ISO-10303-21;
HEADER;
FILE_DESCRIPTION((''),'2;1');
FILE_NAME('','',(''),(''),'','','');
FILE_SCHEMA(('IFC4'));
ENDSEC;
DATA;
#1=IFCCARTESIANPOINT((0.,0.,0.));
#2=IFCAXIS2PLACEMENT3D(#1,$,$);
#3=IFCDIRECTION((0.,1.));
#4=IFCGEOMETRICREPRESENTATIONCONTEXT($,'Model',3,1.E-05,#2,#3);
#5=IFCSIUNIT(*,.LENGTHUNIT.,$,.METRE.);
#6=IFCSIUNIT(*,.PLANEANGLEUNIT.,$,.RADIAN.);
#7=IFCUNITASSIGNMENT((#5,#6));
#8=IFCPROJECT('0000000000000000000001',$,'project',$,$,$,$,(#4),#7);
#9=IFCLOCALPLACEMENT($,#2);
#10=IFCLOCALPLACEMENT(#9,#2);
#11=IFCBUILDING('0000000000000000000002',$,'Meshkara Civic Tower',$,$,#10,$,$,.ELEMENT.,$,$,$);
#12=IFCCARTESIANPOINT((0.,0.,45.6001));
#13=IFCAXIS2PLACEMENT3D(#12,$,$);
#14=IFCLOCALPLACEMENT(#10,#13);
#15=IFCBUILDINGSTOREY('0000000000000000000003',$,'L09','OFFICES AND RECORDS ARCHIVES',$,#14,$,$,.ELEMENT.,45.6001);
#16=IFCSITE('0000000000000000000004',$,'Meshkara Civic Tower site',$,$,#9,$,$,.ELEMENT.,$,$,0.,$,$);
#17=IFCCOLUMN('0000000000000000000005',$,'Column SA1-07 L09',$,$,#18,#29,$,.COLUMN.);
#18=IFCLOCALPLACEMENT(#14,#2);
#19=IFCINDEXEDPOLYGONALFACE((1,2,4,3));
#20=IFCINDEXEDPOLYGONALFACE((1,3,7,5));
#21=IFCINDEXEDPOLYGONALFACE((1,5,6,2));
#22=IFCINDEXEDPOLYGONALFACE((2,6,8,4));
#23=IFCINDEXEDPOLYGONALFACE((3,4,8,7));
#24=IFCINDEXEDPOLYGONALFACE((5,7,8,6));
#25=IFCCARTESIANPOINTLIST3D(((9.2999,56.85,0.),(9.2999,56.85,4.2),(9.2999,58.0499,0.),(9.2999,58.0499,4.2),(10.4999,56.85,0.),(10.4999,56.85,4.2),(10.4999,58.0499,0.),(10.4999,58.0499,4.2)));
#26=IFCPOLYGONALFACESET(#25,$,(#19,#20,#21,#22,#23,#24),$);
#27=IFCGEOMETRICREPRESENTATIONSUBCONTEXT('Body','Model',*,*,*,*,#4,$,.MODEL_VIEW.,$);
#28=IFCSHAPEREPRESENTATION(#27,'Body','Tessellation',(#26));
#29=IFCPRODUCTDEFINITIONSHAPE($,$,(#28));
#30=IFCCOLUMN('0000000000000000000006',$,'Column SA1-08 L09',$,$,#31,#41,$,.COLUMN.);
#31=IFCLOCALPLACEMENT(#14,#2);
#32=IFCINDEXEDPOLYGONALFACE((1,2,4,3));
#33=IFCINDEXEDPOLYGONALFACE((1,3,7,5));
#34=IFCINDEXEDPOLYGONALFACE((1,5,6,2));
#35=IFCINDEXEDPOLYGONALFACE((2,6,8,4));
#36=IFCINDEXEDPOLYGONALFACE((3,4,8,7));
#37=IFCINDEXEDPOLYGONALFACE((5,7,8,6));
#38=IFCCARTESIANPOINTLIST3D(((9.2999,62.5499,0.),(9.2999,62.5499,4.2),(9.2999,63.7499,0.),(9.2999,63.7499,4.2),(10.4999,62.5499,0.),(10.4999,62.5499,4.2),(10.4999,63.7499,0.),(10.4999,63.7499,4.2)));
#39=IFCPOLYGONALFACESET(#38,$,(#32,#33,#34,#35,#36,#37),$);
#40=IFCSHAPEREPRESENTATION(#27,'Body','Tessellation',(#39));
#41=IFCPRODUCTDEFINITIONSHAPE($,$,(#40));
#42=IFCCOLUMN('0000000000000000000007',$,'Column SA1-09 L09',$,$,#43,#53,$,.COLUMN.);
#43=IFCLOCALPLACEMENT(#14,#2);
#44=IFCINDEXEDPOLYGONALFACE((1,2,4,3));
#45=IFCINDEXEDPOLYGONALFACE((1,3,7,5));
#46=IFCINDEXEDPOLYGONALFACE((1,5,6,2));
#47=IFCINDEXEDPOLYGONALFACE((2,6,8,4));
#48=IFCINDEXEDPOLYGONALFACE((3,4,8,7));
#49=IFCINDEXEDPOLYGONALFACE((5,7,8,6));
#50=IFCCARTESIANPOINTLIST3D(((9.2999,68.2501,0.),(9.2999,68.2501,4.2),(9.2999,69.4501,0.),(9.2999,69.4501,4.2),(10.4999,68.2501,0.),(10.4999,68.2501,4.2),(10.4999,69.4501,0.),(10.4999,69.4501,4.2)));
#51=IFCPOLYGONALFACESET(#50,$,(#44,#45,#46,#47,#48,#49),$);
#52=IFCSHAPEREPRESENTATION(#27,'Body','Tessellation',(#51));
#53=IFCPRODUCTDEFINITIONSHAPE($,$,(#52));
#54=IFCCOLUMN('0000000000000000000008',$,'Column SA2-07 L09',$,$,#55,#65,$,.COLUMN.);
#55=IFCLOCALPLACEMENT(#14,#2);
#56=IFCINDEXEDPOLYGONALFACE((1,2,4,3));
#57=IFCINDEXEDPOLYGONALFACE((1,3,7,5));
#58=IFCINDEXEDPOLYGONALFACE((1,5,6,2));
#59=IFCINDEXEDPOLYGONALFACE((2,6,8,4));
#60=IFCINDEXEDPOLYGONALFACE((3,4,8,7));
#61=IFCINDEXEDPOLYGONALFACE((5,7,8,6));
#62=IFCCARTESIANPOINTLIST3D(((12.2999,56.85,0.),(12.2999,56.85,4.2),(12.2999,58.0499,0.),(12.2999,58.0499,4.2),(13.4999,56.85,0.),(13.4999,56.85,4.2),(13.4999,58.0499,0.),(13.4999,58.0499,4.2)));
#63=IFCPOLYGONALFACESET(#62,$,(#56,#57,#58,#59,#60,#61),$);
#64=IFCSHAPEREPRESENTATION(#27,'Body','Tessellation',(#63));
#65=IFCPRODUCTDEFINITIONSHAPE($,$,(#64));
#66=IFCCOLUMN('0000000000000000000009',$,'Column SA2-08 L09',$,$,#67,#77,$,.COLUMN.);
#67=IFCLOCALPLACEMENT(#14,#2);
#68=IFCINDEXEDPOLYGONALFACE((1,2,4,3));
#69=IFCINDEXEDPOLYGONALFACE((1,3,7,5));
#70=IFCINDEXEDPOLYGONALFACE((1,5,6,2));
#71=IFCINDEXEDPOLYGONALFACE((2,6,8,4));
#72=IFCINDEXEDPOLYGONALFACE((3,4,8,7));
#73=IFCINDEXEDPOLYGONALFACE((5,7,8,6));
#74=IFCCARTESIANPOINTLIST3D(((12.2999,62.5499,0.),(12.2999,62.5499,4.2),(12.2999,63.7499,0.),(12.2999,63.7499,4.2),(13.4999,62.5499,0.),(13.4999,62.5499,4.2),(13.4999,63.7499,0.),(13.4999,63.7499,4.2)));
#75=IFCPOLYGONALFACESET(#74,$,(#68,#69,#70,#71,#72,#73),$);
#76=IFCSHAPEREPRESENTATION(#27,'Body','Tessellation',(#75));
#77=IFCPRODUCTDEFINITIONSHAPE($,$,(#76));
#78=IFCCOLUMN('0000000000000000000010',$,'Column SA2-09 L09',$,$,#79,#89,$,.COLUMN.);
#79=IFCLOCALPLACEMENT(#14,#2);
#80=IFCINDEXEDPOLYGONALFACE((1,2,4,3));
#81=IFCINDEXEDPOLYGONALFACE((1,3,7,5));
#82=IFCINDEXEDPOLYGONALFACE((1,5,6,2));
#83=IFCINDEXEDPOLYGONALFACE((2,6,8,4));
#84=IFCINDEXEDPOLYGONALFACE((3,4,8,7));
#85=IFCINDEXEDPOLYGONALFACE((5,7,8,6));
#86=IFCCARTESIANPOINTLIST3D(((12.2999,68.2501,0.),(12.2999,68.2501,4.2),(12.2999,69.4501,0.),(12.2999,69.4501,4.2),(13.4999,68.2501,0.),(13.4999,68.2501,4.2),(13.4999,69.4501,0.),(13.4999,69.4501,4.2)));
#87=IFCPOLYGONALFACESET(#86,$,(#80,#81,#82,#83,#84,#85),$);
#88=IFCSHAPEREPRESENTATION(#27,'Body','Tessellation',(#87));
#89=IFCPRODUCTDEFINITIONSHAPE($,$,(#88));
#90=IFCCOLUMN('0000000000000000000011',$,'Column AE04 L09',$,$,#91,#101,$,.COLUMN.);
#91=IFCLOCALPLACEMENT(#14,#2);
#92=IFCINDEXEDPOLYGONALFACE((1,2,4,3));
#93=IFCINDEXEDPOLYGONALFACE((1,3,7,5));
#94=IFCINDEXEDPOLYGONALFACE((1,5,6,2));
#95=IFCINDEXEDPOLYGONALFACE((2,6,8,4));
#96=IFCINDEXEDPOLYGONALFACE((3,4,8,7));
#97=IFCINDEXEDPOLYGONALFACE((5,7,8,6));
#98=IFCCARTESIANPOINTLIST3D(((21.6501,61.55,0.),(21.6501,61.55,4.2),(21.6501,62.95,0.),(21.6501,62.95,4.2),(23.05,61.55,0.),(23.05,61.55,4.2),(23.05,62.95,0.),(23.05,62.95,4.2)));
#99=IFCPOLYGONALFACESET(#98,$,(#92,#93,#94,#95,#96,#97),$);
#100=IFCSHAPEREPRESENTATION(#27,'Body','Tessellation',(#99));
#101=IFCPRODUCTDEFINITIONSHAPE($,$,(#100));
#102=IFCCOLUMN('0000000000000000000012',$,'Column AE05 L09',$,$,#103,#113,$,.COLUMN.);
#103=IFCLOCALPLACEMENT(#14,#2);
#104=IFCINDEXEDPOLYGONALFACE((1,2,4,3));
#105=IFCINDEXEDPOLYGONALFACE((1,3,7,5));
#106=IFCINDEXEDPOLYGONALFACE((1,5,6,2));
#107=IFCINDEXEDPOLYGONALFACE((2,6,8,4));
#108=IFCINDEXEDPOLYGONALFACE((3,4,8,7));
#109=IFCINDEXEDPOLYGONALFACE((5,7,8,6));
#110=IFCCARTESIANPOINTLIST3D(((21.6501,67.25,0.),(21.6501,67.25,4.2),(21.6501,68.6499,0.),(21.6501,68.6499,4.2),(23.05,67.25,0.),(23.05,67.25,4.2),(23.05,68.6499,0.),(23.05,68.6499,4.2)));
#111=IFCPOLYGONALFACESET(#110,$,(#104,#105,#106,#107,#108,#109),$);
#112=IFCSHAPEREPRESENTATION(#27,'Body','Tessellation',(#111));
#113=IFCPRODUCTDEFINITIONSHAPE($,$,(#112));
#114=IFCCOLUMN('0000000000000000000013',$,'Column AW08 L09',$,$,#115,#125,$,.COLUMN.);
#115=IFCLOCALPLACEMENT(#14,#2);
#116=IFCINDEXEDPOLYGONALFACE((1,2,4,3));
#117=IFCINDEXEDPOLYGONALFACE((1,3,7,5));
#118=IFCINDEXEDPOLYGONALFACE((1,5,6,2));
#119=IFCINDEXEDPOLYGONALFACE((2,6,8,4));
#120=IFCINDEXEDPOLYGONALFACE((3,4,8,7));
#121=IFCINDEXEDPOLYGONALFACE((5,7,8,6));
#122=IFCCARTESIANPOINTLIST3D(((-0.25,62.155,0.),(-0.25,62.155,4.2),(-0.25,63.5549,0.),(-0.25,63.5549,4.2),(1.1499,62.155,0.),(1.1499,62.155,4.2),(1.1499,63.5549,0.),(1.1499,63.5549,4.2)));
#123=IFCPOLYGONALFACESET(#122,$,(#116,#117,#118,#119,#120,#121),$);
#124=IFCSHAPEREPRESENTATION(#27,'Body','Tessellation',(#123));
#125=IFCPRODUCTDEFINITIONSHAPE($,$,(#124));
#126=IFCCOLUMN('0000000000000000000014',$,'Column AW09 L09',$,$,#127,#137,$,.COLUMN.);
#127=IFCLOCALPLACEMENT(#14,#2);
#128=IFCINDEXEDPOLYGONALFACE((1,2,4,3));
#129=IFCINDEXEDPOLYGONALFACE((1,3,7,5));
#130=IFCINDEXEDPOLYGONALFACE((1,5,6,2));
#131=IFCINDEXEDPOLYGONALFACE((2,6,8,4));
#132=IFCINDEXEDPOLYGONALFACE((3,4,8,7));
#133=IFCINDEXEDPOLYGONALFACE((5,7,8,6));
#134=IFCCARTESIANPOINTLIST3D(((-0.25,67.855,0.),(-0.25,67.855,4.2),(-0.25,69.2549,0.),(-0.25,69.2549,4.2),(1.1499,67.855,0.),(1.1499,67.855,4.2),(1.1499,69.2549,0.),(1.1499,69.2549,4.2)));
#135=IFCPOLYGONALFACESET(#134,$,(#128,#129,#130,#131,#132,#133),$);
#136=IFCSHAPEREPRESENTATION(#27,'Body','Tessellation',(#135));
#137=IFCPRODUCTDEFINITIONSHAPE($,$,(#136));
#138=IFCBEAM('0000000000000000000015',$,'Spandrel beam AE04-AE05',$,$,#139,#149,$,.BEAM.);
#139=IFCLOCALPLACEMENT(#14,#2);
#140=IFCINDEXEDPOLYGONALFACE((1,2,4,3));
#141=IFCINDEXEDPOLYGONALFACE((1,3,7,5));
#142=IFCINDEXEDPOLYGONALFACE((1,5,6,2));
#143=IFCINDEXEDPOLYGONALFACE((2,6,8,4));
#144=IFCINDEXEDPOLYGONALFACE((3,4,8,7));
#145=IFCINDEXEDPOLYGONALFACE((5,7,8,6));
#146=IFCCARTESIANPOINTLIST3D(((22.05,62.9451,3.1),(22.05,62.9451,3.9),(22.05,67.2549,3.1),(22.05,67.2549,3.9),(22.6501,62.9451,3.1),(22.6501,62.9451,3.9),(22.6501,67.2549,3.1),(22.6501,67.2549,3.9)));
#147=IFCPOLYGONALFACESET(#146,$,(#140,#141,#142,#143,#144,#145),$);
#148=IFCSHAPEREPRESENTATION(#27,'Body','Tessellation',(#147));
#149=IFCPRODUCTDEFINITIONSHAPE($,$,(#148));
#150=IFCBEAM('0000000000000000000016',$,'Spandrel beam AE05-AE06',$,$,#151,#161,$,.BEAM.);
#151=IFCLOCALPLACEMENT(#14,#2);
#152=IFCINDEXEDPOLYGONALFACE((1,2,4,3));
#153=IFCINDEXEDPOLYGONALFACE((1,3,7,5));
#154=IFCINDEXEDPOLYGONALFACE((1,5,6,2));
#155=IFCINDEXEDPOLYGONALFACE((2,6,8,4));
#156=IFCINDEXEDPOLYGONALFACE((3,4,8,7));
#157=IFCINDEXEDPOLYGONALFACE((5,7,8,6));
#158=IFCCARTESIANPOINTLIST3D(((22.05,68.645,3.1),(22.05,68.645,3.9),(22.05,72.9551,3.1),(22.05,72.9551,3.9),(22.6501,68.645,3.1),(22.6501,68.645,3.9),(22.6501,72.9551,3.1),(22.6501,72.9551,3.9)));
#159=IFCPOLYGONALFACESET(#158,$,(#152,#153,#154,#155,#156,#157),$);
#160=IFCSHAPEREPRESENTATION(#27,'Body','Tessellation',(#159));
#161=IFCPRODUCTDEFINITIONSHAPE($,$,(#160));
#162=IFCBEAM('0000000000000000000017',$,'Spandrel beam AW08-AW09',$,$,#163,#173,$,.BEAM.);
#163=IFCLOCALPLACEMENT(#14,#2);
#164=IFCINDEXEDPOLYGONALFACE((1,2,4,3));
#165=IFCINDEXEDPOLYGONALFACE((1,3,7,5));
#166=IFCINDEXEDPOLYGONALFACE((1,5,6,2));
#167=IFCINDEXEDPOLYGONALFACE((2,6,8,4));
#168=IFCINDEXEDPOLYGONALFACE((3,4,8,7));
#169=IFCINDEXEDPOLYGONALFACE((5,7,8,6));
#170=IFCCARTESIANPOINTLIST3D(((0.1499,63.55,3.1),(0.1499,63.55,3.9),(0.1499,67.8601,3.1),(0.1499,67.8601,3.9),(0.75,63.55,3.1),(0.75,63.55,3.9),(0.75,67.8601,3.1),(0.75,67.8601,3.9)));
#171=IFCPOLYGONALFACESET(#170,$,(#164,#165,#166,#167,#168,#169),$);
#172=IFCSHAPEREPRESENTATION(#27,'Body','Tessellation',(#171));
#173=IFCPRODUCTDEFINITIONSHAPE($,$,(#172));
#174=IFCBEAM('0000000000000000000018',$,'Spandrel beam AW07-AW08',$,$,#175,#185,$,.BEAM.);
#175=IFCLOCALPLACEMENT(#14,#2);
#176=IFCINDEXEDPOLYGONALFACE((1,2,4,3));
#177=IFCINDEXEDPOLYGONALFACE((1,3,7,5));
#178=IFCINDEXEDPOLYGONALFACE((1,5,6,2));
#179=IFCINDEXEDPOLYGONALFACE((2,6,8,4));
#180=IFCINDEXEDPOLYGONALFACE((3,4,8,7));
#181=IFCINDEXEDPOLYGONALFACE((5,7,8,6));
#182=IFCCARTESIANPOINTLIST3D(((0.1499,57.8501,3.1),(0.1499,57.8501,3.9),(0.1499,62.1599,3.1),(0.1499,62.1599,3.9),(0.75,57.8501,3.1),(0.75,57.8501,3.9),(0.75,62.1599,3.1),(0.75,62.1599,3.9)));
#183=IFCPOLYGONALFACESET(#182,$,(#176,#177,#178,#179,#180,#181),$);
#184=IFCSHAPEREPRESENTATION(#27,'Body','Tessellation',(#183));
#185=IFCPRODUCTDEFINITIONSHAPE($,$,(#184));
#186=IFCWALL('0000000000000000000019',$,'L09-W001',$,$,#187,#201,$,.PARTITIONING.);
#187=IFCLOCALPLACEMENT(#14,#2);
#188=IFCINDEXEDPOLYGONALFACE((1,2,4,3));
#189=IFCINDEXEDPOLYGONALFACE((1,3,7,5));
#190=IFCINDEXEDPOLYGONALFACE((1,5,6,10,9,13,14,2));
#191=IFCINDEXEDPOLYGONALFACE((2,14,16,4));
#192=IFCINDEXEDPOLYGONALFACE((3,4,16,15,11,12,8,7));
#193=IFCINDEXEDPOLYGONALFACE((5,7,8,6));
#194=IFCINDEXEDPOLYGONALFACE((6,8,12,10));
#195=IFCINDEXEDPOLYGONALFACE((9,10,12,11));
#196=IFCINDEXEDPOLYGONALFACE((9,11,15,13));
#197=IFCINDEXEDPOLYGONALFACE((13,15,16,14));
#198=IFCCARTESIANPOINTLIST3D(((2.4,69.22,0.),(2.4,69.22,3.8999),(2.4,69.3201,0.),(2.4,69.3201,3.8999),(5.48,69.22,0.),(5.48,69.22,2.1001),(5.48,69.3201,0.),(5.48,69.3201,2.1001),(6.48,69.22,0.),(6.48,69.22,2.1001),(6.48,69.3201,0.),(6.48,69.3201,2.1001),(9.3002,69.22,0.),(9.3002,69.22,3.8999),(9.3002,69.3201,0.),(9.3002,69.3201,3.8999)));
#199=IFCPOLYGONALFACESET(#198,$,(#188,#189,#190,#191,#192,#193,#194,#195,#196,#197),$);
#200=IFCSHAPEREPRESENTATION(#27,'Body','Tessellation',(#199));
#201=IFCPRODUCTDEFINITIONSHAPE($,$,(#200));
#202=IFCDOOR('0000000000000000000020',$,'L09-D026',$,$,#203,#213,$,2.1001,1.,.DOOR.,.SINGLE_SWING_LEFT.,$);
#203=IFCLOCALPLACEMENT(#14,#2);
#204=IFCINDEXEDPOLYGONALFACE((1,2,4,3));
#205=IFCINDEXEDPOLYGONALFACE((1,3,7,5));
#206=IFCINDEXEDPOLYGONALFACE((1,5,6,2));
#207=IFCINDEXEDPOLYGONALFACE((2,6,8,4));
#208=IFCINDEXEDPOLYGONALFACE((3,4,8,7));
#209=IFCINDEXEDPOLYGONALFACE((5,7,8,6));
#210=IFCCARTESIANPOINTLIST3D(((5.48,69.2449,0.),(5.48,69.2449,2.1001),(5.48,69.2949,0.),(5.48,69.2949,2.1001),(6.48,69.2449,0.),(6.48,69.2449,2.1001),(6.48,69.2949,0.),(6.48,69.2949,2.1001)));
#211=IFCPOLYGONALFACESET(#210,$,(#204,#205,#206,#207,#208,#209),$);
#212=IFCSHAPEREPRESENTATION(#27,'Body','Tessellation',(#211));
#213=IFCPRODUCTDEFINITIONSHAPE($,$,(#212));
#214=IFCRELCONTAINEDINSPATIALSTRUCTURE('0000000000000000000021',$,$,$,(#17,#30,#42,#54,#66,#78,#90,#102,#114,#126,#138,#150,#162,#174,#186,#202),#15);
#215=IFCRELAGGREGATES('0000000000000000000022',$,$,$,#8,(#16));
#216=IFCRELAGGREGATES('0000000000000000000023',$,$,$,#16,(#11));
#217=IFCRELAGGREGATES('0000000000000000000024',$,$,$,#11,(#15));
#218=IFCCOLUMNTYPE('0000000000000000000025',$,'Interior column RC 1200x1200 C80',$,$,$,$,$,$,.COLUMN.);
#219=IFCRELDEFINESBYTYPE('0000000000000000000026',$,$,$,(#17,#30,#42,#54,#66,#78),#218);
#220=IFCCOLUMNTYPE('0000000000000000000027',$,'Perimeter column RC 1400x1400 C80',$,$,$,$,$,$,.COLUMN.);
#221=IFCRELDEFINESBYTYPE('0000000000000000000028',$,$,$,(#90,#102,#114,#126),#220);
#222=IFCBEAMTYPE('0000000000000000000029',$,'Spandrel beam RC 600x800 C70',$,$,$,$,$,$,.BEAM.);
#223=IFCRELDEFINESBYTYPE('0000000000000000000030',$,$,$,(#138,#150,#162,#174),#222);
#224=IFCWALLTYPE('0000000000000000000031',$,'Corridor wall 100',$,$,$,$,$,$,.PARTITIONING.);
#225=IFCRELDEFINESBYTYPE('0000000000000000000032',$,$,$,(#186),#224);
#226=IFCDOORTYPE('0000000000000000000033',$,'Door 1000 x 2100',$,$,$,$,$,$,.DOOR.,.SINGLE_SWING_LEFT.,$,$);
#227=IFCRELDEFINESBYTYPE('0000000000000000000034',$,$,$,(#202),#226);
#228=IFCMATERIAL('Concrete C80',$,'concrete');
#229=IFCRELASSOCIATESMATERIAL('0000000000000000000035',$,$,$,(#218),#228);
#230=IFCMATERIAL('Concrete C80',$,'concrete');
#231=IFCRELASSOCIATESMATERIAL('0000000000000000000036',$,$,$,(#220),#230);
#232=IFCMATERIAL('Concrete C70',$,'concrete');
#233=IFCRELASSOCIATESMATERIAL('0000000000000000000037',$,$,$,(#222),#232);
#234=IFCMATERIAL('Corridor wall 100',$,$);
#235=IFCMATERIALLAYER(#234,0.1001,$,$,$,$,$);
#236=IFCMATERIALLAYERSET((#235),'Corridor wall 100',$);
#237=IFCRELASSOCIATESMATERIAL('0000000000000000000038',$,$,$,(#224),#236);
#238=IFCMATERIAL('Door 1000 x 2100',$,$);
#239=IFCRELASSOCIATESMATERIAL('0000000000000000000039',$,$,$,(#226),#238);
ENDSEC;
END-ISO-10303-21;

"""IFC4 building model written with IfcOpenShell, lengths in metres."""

from ifc_helpers import new_model, si_unit, direction, frame, frame_2d, origin, origin_2d, place, context, subcontext, project, spatial, rectangle, extrude, material, layer, layer_set, material_profile, profile_set, type_object, element, fill, save


model = new_model("IFC4")

# Units and contexts
model_context = context("Model", 3, precision=1e-05, world=origin(), true_north=direction((0.0, 1.0)))
body_context = subcontext(model_context, "Body", "Model", "MODEL_VIEW")
ifc_project = project(units=[si_unit("LENGTHUNIT", "METRE"), si_unit("PLANEANGLEUNIT", "RADIAN")], contexts=[model_context])

# Site, building, storey
site_placement = place(None, origin())
site = spatial("IfcSite", under=ifc_project, at=site_placement, Name="Meshkara Civic Tower site", CompositionType="ELEMENT", RefElevation=0.0)
building_placement = place(site_placement, origin())
building = spatial("IfcBuilding", under=site, at=building_placement, Name="Meshkara Civic Tower", CompositionType="ELEMENT")
storey_placement = place(building_placement, frame((0.0, 0.0, 45.6001)))
storey = spatial("IfcBuildingStorey", under=building, at=storey_placement, Name="L09", Description="OFFICES AND RECORDS ARCHIVES", CompositionType="ELEMENT", Elevation=45.6001)

# Columns
ifc_material_1 = material(Name="Concrete C80", Category="concrete")
ifc_material_profile_1 = material_profile(ifc_material_1, rectangle(XDim=1.2, YDim=1.2, at=origin_2d()))
ifc_profile_set_1 = profile_set([ifc_material_profile_1], Name="Concrete C80")
column_type_1 = type_object("IfcColumnType", Name="Interior column RC 1200x1200 C80", PredefinedType="COLUMN", material=ifc_profile_set_1)
for number, where, z_axis, x_axis, name in (
    (1, (9.8999, 57.45, 0.0), (0.0, 0.0, 1.0), (1.0, 0.0, 0.0), "Column SA1-07 L09"),
    (2, (9.8999, 63.1499, 0.0), (0.0, 0.0, 1.0), (1.0, 0.0, 0.0), "Column SA1-08 L09"),
    (3, (9.8999, 68.8501, 0.0), (0.0, 0.0, 1.0), (1.0, 0.0, 0.0), "Column SA1-09 L09"),
    (4, (12.8999, 57.45, 0.0), (0.0, 0.0, 1.0), (1.0, 0.0, 0.0), "Column SA2-07 L09"),
    (5, (12.8999, 63.1499, 0.0), (0.0, 0.0, 1.0), (1.0, 0.0, 0.0), "Column SA2-08 L09"),
    (6, (12.8999, 68.8501, 0.0), (0.0, 0.0, 1.0), (1.0, 0.0, 0.0), "Column SA2-09 L09"),
):
    element("IfcColumn", number, at=place(storey_placement, frame(where, z_axis=z_axis, x_axis=x_axis)), inside=storey, type_object=column_type_1, Name=name, PredefinedType="COLUMN", context=body_context, shape_type="SweptSolid", body=[
        extrude(rectangle(XDim=1.2, YDim=1.2, at=origin_2d()), origin(), (0.0, 0.0, 1.0), 4.2),
    ])
ifc_material_2 = material(Name="Concrete C80", Category="concrete")
ifc_material_profile_2 = material_profile(ifc_material_2, rectangle(XDim=1.3999, YDim=1.3999, at=origin_2d()))
ifc_profile_set_2 = profile_set([ifc_material_profile_2], Name="Concrete C80")
column_type_2 = type_object("IfcColumnType", Name="Perimeter column RC 1400x1400 C80", PredefinedType="COLUMN", material=ifc_profile_set_2)
for number, where, z_axis, x_axis, name in (
    (7, (22.3501, 62.25, 0.0), (0.0, 0.0, 1.0), (1.0, 0.0, 0.0), "Column AE04 L09"),
    (8, (22.3501, 67.95, 0.0), (0.0, 0.0, 1.0), (1.0, 0.0, 0.0), "Column AE05 L09"),
    (9, (0.45, 62.855, 0.0), (0.0, 0.0, 1.0), (1.0, 0.0, 0.0), "Column AW08 L09"),
    (10, (0.45, 68.5549, 0.0), (0.0, 0.0, 1.0), (1.0, 0.0, 0.0), "Column AW09 L09"),
):
    element("IfcColumn", number, at=place(storey_placement, frame(where, z_axis=z_axis, x_axis=x_axis)), inside=storey, type_object=column_type_2, Name=name, PredefinedType="COLUMN", context=body_context, shape_type="SweptSolid", body=[
        extrude(rectangle(XDim=1.3999, YDim=1.3999, at=origin_2d()), origin(), (0.0, 0.0, 1.0), 4.2),
    ])

# Beams
ifc_material_3 = material(Name="Concrete C70", Category="concrete")
ifc_material_profile_3 = material_profile(ifc_material_3, rectangle(XDim=0.6001, YDim=0.8, at=origin_2d()))
ifc_profile_set_3 = profile_set([ifc_material_profile_3], Name="Concrete C70")
beam_type = type_object("IfcBeamType", Name="Spandrel beam RC 600x800 C70", PredefinedType="BEAM", material=ifc_profile_set_3)
beam_1_placement = place(storey_placement, frame((22.3501, 62.9451, 3.5), z_axis=(0.0, 1.0, 0.0), x_axis=(-1.0, 0.0, 0.0)))
element("IfcBeam", 11, at=beam_1_placement, inside=storey, type_object=beam_type, Name="Spandrel beam AE04-AE05", PredefinedType="BEAM", context=body_context, shape_type="SweptSolid", body=[
    extrude(rectangle(XDim=0.6001, YDim=0.8, at=origin_2d()), origin(), (0.0, 0.0, 1.0), 4.3098),
])
for number, where, z_axis, x_axis, name in (
    (12, (22.3501, 68.645, 3.5), (0.0, 1.0, 0.0), (-1.0, 0.0, 0.0), "Spandrel beam AE05-AE06"),
    (13, (0.45, 67.8601, 3.5), (0.0, -1.0, 0.0), (1.0, 0.0, 0.0), "Spandrel beam AW08-AW09"),
):
    element("IfcBeam", number, at=place(storey_placement, frame(where, z_axis=z_axis, x_axis=x_axis)), inside=storey, type_object=beam_type, Name=name, PredefinedType="BEAM", context=body_context, shape_type="SweptSolid", body=[
        extrude(rectangle(XDim=0.6001, YDim=0.8, at=origin_2d()), origin(), (0.0, 0.0, 1.0), 4.3101),
    ])
beam_2_placement = place(storey_placement, frame((0.45, 62.1599, 3.5), z_axis=(0.0, -1.0, 0.0), x_axis=(1.0, 0.0, 0.0)))
element("IfcBeam", 14, at=beam_2_placement, inside=storey, type_object=beam_type, Name="Spandrel beam AW07-AW08", PredefinedType="BEAM", context=body_context, shape_type="SweptSolid", body=[
    extrude(rectangle(XDim=0.6001, YDim=0.8, at=origin_2d()), origin(), (0.0, 0.0, 1.0), 4.3098),
])

# Wall, opening, door
ifc_material_4 = material(Name="Corridor wall 100")
ifc_layer_1 = layer(ifc_material_4, 0.1001)
ifc_layer_set_1 = layer_set([ifc_layer_1], Name="Corridor wall 100")
wall_type_1 = type_object("IfcWallType", Name="Corridor wall 100", PredefinedType="PARTITIONING", material=ifc_layer_set_1)
wall_1_placement = place(storey_placement, frame((2.3999, 69.27, 0.0), z_axis=(0.0, 0.0, 1.0), x_axis=(1.0, 0.0, 0.0)))
wall_1 = element("IfcWall", 15, at=wall_1_placement, inside=storey, type_object=wall_type_1, Name="L09-W001", PredefinedType="PARTITIONING", context=body_context, shape_type="SweptSolid", body=[
    extrude(rectangle(XDim=6.9001, YDim=0.1001, at=frame_2d((3.4502, 0.0))), origin(), (0.0, 0.0, 1.0), 3.8999),
])
opening_1_placement = place(wall_1_placement, frame((3.0801, 0.0, 0.0)))
opening_1 = element("IfcOpeningElement", 16, at=opening_1_placement, cuts=wall_1, PredefinedType="OPENING", context=body_context, shape_type="SweptSolid", body=[
    extrude(rectangle(XDim=1.0, YDim=2.1001, at=frame_2d((0.5, 1.05))), frame((0.0, 0.0601, 0.0), z_axis=(0.0, -1.0, 0.0), x_axis=(1.0, 0.0, 0.0)), (0.0, 0.0, 1.0), 0.1201),
])
ifc_material_5 = material(Name="Door 1000 x 2100")
door_type = type_object("IfcDoorType", Name="Door 1000 x 2100", OperationType="SINGLE_SWING_LEFT", PredefinedType="DOOR", material=ifc_material_5)
door_placement = place(opening_1_placement, origin())
door = element("IfcDoor", 17, at=door_placement, inside=storey, type_object=door_type, Name="L09-D026", OperationType="SINGLE_SWING_LEFT", OverallHeight=2.1001, OverallWidth=1.0, PredefinedType="DOOR", context=body_context, shape_type="SweptSolid", body=[
    extrude(rectangle(XDim=1.0, YDim=2.1001, at=frame_2d((0.5, 1.05))), frame((0.0, 0.0249, 0.0), z_axis=(0.0, -1.0, 0.0), x_axis=(1.0, 0.0, 0.0)), (0.0, 0.0, 1.0), 0.05),
])
fill(opening_1, door)

save(model, "model.ifc")
